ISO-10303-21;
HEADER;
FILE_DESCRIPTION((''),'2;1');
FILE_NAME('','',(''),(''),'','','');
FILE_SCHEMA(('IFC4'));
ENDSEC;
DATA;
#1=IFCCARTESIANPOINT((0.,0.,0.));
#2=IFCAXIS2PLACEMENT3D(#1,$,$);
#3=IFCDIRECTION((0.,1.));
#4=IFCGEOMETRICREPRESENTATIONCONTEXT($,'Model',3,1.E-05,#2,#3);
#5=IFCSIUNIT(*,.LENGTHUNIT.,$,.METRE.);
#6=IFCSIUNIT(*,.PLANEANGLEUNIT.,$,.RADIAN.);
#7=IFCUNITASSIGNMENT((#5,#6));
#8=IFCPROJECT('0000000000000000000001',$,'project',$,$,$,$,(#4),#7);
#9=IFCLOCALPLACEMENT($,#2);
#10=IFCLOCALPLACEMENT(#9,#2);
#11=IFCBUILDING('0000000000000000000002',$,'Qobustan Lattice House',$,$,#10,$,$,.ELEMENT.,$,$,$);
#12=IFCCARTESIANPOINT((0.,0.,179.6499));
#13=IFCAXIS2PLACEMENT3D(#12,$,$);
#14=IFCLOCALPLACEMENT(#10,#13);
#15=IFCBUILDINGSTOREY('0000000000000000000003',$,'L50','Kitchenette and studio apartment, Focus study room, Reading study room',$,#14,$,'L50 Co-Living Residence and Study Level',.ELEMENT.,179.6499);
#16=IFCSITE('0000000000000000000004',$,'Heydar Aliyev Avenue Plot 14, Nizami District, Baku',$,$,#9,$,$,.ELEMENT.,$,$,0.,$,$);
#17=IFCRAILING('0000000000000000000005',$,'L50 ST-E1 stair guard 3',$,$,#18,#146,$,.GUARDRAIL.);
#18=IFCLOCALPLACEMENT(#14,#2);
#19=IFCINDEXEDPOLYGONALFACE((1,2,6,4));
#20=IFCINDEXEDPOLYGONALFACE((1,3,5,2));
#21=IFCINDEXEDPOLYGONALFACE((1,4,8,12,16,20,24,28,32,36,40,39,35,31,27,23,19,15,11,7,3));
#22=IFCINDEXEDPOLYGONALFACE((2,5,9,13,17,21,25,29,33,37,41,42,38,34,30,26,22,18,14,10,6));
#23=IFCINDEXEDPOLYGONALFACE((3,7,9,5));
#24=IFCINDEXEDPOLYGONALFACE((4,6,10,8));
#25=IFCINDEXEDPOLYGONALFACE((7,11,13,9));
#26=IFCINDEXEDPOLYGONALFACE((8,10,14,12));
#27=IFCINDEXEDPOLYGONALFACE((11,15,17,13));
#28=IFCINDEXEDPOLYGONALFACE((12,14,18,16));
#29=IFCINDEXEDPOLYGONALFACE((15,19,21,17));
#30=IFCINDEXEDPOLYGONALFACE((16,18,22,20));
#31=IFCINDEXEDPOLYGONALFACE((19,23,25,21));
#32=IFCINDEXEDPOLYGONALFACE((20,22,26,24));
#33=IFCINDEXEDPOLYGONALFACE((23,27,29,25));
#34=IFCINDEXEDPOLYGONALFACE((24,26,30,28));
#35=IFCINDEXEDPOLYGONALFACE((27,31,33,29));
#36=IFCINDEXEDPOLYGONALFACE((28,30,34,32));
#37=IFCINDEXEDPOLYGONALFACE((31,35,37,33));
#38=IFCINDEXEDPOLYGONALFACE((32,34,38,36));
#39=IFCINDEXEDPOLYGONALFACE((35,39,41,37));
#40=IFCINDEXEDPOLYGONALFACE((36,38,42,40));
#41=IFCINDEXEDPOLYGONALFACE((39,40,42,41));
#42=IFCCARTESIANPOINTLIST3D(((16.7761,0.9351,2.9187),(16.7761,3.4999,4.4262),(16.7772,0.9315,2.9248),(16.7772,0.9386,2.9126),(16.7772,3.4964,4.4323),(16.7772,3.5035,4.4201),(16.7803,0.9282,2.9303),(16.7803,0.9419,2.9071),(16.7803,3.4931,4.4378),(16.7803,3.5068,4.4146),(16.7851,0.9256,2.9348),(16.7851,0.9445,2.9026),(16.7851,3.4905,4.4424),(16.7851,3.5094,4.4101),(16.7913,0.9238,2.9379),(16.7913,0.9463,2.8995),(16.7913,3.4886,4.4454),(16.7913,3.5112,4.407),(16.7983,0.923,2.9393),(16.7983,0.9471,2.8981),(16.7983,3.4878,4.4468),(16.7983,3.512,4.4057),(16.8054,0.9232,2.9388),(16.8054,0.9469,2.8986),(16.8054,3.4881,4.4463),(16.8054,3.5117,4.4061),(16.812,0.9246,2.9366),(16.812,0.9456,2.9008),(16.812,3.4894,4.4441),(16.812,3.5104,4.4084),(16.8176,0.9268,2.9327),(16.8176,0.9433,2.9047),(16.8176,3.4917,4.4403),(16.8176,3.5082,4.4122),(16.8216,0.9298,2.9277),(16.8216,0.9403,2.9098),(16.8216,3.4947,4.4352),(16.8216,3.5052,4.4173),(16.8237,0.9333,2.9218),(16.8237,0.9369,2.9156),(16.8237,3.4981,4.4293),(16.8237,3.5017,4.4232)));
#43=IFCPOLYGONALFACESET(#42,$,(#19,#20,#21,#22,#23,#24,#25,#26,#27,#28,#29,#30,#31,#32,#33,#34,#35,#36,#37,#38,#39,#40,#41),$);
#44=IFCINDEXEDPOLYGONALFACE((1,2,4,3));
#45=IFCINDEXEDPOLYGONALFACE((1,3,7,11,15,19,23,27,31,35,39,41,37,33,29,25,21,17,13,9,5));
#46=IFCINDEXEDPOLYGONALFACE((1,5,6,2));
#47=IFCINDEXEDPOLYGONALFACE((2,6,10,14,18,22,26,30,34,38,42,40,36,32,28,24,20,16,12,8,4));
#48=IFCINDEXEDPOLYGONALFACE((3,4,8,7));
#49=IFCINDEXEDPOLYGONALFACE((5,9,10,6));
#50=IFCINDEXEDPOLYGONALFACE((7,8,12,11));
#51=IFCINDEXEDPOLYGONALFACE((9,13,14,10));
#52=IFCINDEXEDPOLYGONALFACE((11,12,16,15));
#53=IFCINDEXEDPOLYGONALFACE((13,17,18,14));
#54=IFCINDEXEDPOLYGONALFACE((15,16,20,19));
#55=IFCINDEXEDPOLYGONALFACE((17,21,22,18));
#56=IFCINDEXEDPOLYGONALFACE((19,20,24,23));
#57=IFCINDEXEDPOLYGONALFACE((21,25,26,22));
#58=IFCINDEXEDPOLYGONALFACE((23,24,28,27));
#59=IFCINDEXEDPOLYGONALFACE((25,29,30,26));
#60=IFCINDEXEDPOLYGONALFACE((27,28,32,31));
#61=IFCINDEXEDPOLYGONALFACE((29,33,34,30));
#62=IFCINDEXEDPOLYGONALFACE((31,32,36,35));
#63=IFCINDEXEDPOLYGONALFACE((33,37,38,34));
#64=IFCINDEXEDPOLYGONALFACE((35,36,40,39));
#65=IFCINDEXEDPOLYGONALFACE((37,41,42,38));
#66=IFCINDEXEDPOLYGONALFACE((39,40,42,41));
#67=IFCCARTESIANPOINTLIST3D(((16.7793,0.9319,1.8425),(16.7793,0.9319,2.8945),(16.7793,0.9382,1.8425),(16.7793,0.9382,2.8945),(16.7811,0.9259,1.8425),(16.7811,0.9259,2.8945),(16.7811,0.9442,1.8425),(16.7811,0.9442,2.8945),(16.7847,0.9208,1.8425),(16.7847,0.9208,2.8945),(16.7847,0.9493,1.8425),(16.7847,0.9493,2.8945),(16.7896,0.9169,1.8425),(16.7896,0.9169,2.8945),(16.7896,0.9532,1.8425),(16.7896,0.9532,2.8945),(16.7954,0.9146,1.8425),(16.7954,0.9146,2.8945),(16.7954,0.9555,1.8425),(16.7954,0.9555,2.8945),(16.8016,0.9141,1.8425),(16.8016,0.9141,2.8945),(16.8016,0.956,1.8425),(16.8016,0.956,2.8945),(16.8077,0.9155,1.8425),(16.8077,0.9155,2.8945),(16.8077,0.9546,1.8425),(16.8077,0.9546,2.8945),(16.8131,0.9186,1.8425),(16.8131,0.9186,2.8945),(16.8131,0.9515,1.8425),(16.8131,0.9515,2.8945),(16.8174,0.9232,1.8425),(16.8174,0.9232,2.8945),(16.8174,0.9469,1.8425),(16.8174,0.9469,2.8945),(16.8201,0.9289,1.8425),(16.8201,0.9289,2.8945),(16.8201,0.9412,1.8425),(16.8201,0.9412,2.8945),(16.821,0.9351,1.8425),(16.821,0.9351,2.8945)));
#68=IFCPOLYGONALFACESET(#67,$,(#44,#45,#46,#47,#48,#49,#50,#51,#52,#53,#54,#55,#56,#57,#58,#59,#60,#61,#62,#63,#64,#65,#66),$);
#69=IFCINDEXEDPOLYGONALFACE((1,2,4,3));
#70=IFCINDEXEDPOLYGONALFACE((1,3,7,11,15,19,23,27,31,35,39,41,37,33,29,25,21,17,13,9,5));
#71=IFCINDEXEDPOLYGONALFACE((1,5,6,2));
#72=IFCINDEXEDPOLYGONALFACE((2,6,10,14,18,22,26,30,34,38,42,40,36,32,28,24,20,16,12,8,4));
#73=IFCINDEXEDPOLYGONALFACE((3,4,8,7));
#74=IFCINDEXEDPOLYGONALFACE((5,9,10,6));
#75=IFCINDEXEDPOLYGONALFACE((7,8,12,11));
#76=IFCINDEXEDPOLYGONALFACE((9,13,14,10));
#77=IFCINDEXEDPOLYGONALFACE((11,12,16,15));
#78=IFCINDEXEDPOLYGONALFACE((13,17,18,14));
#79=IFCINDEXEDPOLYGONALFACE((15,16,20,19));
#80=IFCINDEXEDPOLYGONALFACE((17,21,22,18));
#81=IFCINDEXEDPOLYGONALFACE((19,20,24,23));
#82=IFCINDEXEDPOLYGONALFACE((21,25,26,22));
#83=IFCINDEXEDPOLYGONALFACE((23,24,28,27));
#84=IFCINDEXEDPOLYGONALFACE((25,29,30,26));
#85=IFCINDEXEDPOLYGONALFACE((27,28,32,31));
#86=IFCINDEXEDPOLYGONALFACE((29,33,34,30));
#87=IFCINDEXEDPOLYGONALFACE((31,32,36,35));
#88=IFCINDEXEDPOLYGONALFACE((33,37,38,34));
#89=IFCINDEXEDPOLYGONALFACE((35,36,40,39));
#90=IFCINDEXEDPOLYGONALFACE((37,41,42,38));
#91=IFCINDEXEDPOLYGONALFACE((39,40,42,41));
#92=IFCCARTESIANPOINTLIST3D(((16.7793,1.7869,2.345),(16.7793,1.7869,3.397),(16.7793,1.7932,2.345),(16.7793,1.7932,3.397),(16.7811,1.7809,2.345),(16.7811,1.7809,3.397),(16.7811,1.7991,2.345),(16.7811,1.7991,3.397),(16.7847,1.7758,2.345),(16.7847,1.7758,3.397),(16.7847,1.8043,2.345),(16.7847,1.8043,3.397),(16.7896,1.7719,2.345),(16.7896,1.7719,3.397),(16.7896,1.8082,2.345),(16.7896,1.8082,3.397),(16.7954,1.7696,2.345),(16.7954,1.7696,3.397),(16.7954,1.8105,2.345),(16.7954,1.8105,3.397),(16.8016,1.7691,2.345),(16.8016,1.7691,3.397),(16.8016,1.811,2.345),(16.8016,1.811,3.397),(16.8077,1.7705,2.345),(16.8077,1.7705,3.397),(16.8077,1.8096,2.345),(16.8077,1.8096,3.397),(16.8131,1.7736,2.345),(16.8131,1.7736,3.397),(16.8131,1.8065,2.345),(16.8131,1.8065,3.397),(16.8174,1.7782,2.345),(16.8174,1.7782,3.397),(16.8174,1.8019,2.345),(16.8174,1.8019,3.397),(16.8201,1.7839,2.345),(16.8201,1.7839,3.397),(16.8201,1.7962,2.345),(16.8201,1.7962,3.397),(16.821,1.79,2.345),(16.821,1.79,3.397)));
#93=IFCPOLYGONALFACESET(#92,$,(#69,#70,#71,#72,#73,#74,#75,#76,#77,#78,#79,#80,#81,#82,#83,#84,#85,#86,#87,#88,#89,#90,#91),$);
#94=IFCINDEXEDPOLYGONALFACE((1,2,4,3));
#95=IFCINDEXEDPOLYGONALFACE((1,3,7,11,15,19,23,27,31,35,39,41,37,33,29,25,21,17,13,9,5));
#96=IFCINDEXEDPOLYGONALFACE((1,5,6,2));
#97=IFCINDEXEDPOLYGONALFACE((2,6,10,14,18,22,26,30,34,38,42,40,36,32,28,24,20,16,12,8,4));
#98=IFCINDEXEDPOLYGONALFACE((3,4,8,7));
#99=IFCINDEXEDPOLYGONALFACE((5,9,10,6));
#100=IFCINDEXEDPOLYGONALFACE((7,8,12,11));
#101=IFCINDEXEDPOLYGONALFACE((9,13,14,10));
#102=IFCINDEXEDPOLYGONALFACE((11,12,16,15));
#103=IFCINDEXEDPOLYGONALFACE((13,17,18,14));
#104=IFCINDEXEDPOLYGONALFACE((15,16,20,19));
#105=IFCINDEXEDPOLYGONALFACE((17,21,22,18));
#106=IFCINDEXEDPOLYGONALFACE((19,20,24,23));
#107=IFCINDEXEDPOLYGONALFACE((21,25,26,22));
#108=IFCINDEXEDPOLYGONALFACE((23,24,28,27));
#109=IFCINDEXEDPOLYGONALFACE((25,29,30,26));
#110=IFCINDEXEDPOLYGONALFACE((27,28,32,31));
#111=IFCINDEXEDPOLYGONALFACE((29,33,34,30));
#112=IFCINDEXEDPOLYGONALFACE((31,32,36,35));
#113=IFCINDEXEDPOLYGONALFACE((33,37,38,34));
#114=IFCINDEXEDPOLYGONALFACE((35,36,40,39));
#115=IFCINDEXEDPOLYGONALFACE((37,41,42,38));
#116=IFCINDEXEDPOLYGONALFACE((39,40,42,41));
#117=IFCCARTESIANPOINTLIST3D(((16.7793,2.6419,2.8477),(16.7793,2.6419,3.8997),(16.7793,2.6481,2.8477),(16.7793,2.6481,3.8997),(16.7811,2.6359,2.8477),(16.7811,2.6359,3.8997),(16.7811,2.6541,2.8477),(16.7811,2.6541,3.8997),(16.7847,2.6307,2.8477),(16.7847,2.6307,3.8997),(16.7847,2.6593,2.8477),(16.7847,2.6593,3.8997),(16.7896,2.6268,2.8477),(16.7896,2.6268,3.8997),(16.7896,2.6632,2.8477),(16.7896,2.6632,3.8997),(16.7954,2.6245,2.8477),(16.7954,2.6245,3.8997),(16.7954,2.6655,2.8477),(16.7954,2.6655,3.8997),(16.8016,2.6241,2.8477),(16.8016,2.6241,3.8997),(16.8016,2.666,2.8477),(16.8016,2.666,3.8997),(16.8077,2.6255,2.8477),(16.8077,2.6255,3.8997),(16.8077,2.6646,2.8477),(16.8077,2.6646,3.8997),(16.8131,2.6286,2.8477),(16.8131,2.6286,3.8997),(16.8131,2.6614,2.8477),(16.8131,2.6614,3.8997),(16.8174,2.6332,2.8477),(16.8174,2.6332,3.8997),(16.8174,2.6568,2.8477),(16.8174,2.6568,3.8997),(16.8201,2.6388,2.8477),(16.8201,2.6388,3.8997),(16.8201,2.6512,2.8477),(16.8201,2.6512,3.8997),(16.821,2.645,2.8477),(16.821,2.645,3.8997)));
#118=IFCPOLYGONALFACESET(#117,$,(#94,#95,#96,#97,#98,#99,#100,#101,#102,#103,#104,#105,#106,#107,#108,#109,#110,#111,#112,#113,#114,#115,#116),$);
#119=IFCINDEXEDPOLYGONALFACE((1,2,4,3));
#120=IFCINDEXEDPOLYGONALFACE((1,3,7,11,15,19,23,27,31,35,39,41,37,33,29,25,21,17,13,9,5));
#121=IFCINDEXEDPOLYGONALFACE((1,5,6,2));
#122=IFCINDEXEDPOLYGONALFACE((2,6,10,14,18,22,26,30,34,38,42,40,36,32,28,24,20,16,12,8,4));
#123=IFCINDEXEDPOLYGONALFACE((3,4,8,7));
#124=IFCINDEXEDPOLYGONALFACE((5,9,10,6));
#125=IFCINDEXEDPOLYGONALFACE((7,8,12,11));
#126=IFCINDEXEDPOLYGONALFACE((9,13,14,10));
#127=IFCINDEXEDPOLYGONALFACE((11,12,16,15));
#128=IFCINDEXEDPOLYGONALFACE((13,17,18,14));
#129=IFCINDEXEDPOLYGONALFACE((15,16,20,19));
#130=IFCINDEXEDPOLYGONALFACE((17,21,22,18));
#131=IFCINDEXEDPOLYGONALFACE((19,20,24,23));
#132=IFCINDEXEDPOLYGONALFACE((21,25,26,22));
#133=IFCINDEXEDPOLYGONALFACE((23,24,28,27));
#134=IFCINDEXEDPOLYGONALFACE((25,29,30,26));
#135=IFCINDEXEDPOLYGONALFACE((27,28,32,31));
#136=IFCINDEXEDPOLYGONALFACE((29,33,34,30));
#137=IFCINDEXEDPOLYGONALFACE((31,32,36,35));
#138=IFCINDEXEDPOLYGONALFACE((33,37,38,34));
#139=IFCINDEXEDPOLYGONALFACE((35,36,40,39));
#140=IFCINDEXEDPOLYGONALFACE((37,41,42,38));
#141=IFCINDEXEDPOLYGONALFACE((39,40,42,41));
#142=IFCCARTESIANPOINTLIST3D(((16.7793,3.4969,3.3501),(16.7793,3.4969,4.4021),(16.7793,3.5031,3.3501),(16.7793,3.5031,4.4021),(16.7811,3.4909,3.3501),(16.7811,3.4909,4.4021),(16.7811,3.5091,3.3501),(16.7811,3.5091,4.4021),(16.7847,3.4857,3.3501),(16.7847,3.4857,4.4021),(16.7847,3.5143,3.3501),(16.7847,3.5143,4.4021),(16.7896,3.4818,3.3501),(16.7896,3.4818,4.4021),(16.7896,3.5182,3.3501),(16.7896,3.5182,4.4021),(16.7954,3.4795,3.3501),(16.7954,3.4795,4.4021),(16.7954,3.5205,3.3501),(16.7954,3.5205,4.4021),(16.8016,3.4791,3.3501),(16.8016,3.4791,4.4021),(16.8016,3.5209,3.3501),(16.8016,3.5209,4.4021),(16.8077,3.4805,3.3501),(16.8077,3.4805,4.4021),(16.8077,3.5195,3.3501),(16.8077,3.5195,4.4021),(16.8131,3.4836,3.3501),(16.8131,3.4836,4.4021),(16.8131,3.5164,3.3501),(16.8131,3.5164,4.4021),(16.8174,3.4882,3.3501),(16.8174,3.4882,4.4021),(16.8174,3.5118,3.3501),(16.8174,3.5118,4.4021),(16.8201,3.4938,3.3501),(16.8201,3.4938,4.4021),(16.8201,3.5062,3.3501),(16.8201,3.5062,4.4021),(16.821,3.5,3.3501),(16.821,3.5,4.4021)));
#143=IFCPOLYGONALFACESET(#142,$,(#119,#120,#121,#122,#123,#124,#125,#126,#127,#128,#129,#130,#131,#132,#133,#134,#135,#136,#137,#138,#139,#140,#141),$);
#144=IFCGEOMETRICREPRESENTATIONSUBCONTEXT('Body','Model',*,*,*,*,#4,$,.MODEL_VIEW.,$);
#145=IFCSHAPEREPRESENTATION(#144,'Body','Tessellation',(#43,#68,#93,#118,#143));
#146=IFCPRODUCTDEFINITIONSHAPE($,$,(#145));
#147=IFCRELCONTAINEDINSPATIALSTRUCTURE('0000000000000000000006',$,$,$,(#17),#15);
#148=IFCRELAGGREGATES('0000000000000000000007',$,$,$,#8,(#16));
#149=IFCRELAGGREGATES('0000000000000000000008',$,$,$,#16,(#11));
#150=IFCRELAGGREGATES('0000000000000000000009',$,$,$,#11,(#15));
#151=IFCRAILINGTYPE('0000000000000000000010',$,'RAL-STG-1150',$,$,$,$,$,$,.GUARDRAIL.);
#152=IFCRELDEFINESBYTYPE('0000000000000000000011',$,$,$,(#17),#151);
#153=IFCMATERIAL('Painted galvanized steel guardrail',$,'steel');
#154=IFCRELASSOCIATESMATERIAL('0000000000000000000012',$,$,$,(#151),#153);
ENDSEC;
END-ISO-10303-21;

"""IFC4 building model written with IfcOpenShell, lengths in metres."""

from ifc_helpers import new_model, si_unit, direction, frame, origin, origin_2d, place, context, subcontext, project, spatial, circle, extrude, material, type_object, element, save


model = new_model("IFC4")

# Units and contexts
model_context = context("Model", 3, precision=1e-05, world=origin(), true_north=direction((0.0, 1.0)))
body_context = subcontext(model_context, "Body", "Model", "MODEL_VIEW")
ifc_project = project(units=[si_unit("LENGTHUNIT", "METRE"), si_unit("PLANEANGLEUNIT", "RADIAN")], contexts=[model_context])

# Site, building, storey
site_placement = place(None, origin())
site = spatial("IfcSite", under=ifc_project, at=site_placement, Name="Heydar Aliyev Avenue Plot 14, Nizami District, Baku", CompositionType="ELEMENT", RefElevation=0.0)
building_placement = place(site_placement, origin())
building = spatial("IfcBuilding", under=site, at=building_placement, Name="Qobustan Lattice House", CompositionType="ELEMENT")
storey_placement = place(building_placement, frame((0.0, 0.0, 179.6499)))
storey = spatial("IfcBuildingStorey", under=building, at=storey_placement, Name="L50", Description="Kitchenette and studio apartment, Focus study room, Reading study room", LongName="L50 Co-Living Residence and Study Level", CompositionType="ELEMENT", Elevation=179.6499)

# Railing
ifc_material_1 = material(Name="Painted galvanized steel guardrail", Category="steel")
railing_type_1 = type_object("IfcRailingType", Name="RAL-STG-1150", PredefinedType="GUARDRAIL", material=ifc_material_1)
railing_1_placement = place(storey_placement, frame((16.8, 0.9351, 1.8425)))
element("IfcRailing", 1, at=railing_1_placement, inside=storey, type_object=railing_type_1, Name="L50 ST-E1 stair guard 3", PredefinedType="GUARDRAIL", context=body_context, shape_type="SweptSolid", body=[
    extrude(circle(Radius=0.0239, at=origin_2d()), frame((0.0, 0.0, 1.0762), z_axis=(0.0, 0.862113, 0.506715), x_axis=(-1.0, 0.0, 0.0)), (0.0, 0.0, 1.0), 2.9751),
    extrude(circle(Radius=0.021, at=origin_2d()), origin(), (0.0, 0.0, 1.0), 1.052),
    extrude(circle(Radius=0.021, at=origin_2d()), frame((0.0, 0.855, 0.5024)), (0.0, 0.0, 1.0), 1.052),
    extrude(circle(Radius=0.021, at=origin_2d()), frame((0.0, 1.71, 1.0051)), (0.0, 0.0, 1.0), 1.052),
    extrude(circle(Radius=0.021, at=origin_2d()), frame((0.0, 2.5649, 1.5076)), (0.0, 0.0, 1.0), 1.052),
])

save(model, "model.ifc")
